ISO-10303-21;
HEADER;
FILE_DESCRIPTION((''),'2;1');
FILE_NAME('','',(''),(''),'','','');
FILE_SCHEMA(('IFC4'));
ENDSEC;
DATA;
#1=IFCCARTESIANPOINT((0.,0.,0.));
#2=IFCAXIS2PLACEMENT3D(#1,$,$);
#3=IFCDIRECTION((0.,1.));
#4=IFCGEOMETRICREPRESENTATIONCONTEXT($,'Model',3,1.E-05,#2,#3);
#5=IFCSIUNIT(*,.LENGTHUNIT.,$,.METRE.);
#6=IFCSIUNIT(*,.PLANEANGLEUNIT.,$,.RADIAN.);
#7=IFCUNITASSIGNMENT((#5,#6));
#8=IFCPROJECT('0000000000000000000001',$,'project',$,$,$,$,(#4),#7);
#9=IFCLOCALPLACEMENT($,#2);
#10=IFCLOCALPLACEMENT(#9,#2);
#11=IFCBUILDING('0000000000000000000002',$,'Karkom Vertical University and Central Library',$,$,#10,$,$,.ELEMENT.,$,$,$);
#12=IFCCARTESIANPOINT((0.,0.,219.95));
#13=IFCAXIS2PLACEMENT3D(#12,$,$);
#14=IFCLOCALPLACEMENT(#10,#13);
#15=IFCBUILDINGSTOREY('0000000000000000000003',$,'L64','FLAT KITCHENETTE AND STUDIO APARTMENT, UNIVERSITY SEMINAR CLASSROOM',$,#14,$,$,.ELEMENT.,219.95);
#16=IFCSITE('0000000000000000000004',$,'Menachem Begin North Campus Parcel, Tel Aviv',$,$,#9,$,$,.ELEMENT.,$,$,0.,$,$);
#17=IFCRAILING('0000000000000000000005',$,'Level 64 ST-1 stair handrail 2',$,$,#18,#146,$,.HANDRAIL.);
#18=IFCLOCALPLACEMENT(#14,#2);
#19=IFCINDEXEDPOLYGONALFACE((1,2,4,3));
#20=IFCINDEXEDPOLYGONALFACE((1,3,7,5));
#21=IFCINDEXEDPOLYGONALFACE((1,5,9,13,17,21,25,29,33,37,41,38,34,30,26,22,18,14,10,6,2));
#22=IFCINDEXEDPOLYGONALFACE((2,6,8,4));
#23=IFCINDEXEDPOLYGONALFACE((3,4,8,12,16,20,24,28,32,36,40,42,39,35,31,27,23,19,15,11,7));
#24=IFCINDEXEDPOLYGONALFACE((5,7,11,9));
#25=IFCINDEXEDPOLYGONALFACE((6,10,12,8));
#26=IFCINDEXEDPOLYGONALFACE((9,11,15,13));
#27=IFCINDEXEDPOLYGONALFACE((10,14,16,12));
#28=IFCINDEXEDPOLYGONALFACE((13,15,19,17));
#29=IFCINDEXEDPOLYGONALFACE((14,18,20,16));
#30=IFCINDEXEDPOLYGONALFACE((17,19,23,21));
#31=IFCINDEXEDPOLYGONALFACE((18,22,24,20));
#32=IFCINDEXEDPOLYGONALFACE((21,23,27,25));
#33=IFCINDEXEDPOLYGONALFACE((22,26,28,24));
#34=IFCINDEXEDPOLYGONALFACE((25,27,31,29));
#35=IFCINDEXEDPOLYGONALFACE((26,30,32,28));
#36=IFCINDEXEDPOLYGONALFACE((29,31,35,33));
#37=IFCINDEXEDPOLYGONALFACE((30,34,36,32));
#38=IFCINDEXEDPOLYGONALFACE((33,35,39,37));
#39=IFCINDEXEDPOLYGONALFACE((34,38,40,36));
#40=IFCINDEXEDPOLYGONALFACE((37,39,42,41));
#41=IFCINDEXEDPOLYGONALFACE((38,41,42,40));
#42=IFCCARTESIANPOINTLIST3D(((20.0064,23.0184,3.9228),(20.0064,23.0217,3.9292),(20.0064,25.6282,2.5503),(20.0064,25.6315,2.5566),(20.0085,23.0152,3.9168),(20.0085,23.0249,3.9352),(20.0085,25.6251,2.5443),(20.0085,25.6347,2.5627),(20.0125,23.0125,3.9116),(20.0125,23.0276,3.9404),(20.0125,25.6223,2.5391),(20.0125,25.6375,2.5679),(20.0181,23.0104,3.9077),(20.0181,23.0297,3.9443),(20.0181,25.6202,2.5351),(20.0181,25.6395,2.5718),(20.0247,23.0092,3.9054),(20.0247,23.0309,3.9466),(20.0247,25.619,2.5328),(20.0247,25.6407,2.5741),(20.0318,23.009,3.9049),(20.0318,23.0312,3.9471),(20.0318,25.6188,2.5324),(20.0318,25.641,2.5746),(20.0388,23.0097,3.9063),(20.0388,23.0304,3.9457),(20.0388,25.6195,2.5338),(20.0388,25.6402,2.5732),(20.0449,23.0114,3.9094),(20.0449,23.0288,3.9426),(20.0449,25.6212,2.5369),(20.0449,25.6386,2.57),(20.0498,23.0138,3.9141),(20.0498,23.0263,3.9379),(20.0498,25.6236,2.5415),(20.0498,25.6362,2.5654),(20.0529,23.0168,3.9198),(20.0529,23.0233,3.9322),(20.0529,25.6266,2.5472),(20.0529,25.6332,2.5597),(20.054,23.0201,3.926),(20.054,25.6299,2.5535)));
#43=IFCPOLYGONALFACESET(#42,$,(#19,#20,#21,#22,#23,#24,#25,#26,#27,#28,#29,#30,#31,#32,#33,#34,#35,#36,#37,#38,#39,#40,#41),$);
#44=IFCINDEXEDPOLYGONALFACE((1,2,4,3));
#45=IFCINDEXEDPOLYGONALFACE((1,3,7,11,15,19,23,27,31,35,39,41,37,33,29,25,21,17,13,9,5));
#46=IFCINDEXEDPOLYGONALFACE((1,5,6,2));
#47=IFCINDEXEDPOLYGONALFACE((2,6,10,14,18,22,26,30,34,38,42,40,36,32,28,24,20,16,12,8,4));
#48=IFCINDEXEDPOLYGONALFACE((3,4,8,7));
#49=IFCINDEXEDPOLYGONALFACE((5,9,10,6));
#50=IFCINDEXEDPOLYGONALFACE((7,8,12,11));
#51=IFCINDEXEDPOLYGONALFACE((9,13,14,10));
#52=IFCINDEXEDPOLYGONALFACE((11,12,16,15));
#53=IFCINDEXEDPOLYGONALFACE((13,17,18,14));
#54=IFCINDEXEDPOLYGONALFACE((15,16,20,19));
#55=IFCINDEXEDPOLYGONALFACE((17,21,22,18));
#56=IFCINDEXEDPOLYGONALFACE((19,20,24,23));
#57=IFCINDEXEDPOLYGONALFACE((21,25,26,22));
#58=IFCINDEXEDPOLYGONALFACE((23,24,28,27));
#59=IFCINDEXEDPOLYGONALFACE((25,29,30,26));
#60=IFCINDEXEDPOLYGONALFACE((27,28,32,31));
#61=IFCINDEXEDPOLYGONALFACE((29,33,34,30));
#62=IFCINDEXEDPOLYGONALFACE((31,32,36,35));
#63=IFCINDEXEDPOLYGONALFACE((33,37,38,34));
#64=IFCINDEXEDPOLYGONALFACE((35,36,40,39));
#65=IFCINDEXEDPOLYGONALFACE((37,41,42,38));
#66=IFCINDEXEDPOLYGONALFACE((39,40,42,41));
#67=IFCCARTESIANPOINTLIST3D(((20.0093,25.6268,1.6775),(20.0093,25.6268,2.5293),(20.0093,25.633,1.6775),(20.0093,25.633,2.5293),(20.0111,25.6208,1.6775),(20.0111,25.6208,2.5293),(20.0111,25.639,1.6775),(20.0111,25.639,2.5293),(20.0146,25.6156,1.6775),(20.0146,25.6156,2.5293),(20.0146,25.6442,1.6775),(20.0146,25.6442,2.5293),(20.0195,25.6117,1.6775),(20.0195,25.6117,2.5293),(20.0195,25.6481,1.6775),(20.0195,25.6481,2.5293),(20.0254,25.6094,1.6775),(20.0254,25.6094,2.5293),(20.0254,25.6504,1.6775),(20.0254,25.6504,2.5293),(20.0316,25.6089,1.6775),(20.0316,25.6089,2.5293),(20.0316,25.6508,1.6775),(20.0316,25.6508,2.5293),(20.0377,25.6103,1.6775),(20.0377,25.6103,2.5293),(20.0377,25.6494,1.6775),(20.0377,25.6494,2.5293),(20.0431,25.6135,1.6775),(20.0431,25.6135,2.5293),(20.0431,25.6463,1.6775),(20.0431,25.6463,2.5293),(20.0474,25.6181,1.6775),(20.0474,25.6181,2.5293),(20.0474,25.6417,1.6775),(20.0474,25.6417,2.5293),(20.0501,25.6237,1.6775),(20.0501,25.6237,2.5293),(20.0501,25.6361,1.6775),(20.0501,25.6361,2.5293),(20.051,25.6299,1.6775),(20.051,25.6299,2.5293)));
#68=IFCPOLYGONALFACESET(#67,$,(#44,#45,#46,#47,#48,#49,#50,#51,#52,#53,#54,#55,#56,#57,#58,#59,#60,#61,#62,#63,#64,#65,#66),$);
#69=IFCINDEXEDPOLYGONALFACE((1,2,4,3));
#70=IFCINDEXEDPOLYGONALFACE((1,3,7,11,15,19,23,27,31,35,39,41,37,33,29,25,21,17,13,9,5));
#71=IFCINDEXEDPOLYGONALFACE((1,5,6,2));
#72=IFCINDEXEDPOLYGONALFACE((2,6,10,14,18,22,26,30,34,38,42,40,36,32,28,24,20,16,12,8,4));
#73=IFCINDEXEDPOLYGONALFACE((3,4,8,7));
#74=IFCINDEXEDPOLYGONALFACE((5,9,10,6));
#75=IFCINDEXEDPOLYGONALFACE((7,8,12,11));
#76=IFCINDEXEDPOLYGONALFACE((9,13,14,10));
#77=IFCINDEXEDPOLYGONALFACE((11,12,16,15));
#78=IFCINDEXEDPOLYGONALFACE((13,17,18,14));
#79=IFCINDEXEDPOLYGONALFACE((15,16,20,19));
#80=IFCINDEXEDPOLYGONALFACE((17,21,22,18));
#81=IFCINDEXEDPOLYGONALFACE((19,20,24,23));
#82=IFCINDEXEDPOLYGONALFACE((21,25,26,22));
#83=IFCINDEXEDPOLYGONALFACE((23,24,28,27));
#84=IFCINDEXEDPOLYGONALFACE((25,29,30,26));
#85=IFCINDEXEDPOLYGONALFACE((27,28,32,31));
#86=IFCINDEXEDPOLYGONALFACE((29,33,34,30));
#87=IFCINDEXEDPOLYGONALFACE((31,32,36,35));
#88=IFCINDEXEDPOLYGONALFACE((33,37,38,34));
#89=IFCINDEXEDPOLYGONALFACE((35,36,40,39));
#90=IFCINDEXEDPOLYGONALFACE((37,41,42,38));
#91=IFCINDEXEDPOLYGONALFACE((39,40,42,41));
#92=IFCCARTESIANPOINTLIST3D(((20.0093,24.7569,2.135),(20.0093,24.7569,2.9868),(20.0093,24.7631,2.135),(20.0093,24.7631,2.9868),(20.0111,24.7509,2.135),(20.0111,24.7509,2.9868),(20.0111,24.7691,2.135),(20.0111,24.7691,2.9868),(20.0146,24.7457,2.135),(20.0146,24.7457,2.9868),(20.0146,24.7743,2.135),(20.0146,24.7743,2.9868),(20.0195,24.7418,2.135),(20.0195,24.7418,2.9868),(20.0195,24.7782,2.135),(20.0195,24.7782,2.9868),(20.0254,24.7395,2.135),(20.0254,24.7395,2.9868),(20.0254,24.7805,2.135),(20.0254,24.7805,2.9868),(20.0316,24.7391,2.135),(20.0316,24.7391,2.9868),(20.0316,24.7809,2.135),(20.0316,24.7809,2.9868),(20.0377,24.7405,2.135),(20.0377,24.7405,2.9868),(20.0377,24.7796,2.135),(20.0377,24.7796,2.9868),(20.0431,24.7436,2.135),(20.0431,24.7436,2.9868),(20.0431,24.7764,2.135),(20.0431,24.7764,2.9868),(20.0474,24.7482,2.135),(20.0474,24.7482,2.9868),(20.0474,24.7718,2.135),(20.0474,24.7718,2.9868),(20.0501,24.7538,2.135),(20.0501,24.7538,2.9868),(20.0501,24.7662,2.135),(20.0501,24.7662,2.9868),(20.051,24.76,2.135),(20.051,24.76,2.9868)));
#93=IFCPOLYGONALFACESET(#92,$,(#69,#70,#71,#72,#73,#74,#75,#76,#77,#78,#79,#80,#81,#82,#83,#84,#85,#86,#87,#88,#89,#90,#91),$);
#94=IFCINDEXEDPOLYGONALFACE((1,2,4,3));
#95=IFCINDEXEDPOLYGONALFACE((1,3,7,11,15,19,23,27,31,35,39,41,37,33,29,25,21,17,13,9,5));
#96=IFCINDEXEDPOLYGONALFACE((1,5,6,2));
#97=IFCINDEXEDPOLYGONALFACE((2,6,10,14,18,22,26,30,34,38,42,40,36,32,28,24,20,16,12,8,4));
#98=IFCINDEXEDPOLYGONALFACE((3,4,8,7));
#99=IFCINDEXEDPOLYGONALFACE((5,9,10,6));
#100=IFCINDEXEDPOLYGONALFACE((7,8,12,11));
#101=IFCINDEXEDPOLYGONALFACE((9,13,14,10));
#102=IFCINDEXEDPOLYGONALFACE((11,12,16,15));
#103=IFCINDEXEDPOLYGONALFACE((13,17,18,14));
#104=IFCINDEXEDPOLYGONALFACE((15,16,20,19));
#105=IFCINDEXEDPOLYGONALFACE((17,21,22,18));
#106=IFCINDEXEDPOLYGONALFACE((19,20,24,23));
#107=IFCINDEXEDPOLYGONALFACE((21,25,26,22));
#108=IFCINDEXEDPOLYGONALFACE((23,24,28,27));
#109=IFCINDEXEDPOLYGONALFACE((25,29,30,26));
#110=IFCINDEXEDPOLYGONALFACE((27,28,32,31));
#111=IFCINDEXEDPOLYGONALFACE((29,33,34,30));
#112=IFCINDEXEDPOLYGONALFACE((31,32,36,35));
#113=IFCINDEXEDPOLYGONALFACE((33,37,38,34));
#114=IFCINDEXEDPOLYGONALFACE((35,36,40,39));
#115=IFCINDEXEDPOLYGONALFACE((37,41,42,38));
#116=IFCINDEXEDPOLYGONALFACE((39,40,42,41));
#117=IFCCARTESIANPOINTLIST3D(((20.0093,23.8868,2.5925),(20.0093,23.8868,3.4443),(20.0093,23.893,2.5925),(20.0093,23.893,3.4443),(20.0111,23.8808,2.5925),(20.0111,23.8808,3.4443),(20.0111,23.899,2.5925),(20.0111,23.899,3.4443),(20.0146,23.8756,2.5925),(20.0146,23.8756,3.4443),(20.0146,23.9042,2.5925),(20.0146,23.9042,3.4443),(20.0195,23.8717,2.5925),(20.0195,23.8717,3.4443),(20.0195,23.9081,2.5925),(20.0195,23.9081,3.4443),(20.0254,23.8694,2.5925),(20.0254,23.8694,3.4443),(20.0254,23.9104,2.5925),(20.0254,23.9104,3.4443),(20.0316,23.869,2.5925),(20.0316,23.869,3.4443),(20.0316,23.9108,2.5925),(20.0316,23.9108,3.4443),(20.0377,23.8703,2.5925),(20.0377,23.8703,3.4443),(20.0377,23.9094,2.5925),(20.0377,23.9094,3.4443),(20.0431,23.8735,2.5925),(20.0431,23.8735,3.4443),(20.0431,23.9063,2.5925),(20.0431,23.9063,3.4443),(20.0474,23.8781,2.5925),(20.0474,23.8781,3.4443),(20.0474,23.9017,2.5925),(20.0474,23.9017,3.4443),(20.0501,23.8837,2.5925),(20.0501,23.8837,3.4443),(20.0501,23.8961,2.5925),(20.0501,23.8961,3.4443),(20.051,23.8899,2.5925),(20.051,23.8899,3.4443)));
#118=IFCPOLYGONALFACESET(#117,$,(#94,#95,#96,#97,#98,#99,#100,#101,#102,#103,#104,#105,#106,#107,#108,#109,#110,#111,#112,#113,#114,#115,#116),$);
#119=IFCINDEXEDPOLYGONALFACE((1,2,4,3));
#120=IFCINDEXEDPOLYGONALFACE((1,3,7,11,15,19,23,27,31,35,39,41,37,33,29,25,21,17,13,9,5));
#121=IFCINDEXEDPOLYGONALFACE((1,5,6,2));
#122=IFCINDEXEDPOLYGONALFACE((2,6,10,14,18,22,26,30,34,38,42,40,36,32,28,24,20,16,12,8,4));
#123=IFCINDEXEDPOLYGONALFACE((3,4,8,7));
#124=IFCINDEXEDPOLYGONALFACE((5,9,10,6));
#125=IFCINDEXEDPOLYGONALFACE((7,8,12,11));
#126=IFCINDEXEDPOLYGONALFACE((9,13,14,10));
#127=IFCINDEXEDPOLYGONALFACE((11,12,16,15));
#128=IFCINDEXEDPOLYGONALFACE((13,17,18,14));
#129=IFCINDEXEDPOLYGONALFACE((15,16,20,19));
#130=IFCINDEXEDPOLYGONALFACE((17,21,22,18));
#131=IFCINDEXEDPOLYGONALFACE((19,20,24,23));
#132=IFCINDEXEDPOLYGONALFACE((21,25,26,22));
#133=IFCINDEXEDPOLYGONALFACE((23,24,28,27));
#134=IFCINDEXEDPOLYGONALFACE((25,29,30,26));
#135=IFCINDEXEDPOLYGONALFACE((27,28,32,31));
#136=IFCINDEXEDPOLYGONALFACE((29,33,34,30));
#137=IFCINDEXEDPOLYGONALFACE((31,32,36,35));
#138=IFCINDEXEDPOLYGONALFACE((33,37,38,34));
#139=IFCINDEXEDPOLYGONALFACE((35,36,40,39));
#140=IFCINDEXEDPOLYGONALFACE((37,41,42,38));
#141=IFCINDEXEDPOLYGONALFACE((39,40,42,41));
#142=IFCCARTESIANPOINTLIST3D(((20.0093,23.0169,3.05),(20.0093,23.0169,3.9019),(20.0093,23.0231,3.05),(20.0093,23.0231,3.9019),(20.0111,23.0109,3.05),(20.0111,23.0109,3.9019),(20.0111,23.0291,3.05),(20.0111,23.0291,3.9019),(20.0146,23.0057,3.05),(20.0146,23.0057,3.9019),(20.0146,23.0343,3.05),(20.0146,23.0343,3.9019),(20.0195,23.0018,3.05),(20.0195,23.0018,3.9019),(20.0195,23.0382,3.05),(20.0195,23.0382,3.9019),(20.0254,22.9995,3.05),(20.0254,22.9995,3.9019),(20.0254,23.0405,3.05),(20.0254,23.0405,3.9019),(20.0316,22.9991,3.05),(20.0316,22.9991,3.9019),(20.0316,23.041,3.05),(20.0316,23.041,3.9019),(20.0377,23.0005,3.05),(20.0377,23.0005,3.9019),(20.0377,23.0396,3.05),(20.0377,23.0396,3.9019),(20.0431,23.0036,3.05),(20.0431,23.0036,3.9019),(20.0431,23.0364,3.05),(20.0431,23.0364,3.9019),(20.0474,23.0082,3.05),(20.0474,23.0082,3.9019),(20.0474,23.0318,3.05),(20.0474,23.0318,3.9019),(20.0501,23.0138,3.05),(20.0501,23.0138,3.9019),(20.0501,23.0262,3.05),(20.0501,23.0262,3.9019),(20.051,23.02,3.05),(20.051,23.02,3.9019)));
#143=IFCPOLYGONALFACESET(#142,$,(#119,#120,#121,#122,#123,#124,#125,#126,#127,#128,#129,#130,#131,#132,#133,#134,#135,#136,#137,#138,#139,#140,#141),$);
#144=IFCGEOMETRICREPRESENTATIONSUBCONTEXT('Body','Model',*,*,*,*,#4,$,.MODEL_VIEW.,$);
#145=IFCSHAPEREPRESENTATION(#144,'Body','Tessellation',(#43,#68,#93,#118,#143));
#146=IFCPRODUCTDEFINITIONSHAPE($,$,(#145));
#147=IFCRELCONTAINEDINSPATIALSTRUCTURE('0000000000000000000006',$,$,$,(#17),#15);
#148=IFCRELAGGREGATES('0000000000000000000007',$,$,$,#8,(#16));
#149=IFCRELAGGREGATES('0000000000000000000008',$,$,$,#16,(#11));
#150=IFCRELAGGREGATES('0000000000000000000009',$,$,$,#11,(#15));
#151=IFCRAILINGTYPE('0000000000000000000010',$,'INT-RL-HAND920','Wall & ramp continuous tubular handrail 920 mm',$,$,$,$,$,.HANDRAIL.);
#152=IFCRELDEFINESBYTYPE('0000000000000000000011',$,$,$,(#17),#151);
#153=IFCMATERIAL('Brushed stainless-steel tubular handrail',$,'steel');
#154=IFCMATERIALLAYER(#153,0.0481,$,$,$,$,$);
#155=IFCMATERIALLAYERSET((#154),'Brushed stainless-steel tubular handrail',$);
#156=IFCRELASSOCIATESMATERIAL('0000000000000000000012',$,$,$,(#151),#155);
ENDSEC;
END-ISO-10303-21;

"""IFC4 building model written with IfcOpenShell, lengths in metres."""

from ifc_helpers import new_model, si_unit, direction, frame, origin, origin_2d, place, context, subcontext, project, spatial, circle, extrude, material, layer, layer_set, type_object, element, save


model = new_model("IFC4")

# Units and contexts
model_context = context("Model", 3, precision=1e-05, world=origin(), true_north=direction((0.0, 1.0)))
body_context = subcontext(model_context, "Body", "Model", "MODEL_VIEW")
ifc_project = project(units=[si_unit("LENGTHUNIT", "METRE"), si_unit("PLANEANGLEUNIT", "RADIAN")], contexts=[model_context])

# Site, building, storey
site_placement = place(None, origin())
site = spatial("IfcSite", under=ifc_project, at=site_placement, Name="Menachem Begin North Campus Parcel, Tel Aviv", CompositionType="ELEMENT", RefElevation=0.0)
building_placement = place(site_placement, origin())
building = spatial("IfcBuilding", under=site, at=building_placement, Name="Karkom Vertical University and Central Library", CompositionType="ELEMENT")
storey_placement = place(building_placement, frame((0.0, 0.0, 219.95)))
storey = spatial("IfcBuildingStorey", under=building, at=storey_placement, Name="L64", Description="FLAT KITCHENETTE AND STUDIO APARTMENT, UNIVERSITY SEMINAR CLASSROOM", CompositionType="ELEMENT", Elevation=219.95)

# Railing
ifc_material_1 = material(Name="Brushed stainless-steel tubular handrail", Category="steel")
ifc_layer_1 = layer(ifc_material_1, 0.0481)
ifc_layer_set_1 = layer_set([ifc_layer_1], Name="Brushed stainless-steel tubular handrail")
railing_type_1 = type_object("IfcRailingType", Name="INT-RL-HAND920", Description="Wall & ramp continuous tubular handrail 920 mm", PredefinedType="HANDRAIL", material=ifc_layer_set_1)
railing_1_placement = place(storey_placement, frame((20.03, 25.6299, 1.6775)))
element("IfcRailing", 1, at=railing_1_placement, inside=storey, type_object=railing_type_1, Name="Level 64 ST-1 stair handrail 2", PredefinedType="HANDRAIL", context=body_context, shape_type="SweptSolid", body=[
    extrude(circle(Radius=0.0239, at=origin_2d()), frame((0.0, 0.0, 0.876), z_axis=(0.0, -0.885065, 0.465467), x_axis=(1.0, 0.0, 0.0)), (0.0, 0.0, 1.0), 2.9487),
    extrude(circle(Radius=0.021, at=origin_2d()), origin(), (0.0, 0.0, 1.0), 0.8518),
    extrude(circle(Radius=0.021, at=origin_2d()), frame((0.0, -0.8699, 0.4575)), (0.0, 0.0, 1.0), 0.8518),
    extrude(circle(Radius=0.021, at=origin_2d()), frame((0.0, -1.74, 0.915)), (0.0, 0.0, 1.0), 0.8518),
    extrude(circle(Radius=0.021, at=origin_2d()), frame((0.0, -2.6099, 1.3726)), (0.0, 0.0, 1.0), 0.8518),
])

save(model, "model.ifc")
